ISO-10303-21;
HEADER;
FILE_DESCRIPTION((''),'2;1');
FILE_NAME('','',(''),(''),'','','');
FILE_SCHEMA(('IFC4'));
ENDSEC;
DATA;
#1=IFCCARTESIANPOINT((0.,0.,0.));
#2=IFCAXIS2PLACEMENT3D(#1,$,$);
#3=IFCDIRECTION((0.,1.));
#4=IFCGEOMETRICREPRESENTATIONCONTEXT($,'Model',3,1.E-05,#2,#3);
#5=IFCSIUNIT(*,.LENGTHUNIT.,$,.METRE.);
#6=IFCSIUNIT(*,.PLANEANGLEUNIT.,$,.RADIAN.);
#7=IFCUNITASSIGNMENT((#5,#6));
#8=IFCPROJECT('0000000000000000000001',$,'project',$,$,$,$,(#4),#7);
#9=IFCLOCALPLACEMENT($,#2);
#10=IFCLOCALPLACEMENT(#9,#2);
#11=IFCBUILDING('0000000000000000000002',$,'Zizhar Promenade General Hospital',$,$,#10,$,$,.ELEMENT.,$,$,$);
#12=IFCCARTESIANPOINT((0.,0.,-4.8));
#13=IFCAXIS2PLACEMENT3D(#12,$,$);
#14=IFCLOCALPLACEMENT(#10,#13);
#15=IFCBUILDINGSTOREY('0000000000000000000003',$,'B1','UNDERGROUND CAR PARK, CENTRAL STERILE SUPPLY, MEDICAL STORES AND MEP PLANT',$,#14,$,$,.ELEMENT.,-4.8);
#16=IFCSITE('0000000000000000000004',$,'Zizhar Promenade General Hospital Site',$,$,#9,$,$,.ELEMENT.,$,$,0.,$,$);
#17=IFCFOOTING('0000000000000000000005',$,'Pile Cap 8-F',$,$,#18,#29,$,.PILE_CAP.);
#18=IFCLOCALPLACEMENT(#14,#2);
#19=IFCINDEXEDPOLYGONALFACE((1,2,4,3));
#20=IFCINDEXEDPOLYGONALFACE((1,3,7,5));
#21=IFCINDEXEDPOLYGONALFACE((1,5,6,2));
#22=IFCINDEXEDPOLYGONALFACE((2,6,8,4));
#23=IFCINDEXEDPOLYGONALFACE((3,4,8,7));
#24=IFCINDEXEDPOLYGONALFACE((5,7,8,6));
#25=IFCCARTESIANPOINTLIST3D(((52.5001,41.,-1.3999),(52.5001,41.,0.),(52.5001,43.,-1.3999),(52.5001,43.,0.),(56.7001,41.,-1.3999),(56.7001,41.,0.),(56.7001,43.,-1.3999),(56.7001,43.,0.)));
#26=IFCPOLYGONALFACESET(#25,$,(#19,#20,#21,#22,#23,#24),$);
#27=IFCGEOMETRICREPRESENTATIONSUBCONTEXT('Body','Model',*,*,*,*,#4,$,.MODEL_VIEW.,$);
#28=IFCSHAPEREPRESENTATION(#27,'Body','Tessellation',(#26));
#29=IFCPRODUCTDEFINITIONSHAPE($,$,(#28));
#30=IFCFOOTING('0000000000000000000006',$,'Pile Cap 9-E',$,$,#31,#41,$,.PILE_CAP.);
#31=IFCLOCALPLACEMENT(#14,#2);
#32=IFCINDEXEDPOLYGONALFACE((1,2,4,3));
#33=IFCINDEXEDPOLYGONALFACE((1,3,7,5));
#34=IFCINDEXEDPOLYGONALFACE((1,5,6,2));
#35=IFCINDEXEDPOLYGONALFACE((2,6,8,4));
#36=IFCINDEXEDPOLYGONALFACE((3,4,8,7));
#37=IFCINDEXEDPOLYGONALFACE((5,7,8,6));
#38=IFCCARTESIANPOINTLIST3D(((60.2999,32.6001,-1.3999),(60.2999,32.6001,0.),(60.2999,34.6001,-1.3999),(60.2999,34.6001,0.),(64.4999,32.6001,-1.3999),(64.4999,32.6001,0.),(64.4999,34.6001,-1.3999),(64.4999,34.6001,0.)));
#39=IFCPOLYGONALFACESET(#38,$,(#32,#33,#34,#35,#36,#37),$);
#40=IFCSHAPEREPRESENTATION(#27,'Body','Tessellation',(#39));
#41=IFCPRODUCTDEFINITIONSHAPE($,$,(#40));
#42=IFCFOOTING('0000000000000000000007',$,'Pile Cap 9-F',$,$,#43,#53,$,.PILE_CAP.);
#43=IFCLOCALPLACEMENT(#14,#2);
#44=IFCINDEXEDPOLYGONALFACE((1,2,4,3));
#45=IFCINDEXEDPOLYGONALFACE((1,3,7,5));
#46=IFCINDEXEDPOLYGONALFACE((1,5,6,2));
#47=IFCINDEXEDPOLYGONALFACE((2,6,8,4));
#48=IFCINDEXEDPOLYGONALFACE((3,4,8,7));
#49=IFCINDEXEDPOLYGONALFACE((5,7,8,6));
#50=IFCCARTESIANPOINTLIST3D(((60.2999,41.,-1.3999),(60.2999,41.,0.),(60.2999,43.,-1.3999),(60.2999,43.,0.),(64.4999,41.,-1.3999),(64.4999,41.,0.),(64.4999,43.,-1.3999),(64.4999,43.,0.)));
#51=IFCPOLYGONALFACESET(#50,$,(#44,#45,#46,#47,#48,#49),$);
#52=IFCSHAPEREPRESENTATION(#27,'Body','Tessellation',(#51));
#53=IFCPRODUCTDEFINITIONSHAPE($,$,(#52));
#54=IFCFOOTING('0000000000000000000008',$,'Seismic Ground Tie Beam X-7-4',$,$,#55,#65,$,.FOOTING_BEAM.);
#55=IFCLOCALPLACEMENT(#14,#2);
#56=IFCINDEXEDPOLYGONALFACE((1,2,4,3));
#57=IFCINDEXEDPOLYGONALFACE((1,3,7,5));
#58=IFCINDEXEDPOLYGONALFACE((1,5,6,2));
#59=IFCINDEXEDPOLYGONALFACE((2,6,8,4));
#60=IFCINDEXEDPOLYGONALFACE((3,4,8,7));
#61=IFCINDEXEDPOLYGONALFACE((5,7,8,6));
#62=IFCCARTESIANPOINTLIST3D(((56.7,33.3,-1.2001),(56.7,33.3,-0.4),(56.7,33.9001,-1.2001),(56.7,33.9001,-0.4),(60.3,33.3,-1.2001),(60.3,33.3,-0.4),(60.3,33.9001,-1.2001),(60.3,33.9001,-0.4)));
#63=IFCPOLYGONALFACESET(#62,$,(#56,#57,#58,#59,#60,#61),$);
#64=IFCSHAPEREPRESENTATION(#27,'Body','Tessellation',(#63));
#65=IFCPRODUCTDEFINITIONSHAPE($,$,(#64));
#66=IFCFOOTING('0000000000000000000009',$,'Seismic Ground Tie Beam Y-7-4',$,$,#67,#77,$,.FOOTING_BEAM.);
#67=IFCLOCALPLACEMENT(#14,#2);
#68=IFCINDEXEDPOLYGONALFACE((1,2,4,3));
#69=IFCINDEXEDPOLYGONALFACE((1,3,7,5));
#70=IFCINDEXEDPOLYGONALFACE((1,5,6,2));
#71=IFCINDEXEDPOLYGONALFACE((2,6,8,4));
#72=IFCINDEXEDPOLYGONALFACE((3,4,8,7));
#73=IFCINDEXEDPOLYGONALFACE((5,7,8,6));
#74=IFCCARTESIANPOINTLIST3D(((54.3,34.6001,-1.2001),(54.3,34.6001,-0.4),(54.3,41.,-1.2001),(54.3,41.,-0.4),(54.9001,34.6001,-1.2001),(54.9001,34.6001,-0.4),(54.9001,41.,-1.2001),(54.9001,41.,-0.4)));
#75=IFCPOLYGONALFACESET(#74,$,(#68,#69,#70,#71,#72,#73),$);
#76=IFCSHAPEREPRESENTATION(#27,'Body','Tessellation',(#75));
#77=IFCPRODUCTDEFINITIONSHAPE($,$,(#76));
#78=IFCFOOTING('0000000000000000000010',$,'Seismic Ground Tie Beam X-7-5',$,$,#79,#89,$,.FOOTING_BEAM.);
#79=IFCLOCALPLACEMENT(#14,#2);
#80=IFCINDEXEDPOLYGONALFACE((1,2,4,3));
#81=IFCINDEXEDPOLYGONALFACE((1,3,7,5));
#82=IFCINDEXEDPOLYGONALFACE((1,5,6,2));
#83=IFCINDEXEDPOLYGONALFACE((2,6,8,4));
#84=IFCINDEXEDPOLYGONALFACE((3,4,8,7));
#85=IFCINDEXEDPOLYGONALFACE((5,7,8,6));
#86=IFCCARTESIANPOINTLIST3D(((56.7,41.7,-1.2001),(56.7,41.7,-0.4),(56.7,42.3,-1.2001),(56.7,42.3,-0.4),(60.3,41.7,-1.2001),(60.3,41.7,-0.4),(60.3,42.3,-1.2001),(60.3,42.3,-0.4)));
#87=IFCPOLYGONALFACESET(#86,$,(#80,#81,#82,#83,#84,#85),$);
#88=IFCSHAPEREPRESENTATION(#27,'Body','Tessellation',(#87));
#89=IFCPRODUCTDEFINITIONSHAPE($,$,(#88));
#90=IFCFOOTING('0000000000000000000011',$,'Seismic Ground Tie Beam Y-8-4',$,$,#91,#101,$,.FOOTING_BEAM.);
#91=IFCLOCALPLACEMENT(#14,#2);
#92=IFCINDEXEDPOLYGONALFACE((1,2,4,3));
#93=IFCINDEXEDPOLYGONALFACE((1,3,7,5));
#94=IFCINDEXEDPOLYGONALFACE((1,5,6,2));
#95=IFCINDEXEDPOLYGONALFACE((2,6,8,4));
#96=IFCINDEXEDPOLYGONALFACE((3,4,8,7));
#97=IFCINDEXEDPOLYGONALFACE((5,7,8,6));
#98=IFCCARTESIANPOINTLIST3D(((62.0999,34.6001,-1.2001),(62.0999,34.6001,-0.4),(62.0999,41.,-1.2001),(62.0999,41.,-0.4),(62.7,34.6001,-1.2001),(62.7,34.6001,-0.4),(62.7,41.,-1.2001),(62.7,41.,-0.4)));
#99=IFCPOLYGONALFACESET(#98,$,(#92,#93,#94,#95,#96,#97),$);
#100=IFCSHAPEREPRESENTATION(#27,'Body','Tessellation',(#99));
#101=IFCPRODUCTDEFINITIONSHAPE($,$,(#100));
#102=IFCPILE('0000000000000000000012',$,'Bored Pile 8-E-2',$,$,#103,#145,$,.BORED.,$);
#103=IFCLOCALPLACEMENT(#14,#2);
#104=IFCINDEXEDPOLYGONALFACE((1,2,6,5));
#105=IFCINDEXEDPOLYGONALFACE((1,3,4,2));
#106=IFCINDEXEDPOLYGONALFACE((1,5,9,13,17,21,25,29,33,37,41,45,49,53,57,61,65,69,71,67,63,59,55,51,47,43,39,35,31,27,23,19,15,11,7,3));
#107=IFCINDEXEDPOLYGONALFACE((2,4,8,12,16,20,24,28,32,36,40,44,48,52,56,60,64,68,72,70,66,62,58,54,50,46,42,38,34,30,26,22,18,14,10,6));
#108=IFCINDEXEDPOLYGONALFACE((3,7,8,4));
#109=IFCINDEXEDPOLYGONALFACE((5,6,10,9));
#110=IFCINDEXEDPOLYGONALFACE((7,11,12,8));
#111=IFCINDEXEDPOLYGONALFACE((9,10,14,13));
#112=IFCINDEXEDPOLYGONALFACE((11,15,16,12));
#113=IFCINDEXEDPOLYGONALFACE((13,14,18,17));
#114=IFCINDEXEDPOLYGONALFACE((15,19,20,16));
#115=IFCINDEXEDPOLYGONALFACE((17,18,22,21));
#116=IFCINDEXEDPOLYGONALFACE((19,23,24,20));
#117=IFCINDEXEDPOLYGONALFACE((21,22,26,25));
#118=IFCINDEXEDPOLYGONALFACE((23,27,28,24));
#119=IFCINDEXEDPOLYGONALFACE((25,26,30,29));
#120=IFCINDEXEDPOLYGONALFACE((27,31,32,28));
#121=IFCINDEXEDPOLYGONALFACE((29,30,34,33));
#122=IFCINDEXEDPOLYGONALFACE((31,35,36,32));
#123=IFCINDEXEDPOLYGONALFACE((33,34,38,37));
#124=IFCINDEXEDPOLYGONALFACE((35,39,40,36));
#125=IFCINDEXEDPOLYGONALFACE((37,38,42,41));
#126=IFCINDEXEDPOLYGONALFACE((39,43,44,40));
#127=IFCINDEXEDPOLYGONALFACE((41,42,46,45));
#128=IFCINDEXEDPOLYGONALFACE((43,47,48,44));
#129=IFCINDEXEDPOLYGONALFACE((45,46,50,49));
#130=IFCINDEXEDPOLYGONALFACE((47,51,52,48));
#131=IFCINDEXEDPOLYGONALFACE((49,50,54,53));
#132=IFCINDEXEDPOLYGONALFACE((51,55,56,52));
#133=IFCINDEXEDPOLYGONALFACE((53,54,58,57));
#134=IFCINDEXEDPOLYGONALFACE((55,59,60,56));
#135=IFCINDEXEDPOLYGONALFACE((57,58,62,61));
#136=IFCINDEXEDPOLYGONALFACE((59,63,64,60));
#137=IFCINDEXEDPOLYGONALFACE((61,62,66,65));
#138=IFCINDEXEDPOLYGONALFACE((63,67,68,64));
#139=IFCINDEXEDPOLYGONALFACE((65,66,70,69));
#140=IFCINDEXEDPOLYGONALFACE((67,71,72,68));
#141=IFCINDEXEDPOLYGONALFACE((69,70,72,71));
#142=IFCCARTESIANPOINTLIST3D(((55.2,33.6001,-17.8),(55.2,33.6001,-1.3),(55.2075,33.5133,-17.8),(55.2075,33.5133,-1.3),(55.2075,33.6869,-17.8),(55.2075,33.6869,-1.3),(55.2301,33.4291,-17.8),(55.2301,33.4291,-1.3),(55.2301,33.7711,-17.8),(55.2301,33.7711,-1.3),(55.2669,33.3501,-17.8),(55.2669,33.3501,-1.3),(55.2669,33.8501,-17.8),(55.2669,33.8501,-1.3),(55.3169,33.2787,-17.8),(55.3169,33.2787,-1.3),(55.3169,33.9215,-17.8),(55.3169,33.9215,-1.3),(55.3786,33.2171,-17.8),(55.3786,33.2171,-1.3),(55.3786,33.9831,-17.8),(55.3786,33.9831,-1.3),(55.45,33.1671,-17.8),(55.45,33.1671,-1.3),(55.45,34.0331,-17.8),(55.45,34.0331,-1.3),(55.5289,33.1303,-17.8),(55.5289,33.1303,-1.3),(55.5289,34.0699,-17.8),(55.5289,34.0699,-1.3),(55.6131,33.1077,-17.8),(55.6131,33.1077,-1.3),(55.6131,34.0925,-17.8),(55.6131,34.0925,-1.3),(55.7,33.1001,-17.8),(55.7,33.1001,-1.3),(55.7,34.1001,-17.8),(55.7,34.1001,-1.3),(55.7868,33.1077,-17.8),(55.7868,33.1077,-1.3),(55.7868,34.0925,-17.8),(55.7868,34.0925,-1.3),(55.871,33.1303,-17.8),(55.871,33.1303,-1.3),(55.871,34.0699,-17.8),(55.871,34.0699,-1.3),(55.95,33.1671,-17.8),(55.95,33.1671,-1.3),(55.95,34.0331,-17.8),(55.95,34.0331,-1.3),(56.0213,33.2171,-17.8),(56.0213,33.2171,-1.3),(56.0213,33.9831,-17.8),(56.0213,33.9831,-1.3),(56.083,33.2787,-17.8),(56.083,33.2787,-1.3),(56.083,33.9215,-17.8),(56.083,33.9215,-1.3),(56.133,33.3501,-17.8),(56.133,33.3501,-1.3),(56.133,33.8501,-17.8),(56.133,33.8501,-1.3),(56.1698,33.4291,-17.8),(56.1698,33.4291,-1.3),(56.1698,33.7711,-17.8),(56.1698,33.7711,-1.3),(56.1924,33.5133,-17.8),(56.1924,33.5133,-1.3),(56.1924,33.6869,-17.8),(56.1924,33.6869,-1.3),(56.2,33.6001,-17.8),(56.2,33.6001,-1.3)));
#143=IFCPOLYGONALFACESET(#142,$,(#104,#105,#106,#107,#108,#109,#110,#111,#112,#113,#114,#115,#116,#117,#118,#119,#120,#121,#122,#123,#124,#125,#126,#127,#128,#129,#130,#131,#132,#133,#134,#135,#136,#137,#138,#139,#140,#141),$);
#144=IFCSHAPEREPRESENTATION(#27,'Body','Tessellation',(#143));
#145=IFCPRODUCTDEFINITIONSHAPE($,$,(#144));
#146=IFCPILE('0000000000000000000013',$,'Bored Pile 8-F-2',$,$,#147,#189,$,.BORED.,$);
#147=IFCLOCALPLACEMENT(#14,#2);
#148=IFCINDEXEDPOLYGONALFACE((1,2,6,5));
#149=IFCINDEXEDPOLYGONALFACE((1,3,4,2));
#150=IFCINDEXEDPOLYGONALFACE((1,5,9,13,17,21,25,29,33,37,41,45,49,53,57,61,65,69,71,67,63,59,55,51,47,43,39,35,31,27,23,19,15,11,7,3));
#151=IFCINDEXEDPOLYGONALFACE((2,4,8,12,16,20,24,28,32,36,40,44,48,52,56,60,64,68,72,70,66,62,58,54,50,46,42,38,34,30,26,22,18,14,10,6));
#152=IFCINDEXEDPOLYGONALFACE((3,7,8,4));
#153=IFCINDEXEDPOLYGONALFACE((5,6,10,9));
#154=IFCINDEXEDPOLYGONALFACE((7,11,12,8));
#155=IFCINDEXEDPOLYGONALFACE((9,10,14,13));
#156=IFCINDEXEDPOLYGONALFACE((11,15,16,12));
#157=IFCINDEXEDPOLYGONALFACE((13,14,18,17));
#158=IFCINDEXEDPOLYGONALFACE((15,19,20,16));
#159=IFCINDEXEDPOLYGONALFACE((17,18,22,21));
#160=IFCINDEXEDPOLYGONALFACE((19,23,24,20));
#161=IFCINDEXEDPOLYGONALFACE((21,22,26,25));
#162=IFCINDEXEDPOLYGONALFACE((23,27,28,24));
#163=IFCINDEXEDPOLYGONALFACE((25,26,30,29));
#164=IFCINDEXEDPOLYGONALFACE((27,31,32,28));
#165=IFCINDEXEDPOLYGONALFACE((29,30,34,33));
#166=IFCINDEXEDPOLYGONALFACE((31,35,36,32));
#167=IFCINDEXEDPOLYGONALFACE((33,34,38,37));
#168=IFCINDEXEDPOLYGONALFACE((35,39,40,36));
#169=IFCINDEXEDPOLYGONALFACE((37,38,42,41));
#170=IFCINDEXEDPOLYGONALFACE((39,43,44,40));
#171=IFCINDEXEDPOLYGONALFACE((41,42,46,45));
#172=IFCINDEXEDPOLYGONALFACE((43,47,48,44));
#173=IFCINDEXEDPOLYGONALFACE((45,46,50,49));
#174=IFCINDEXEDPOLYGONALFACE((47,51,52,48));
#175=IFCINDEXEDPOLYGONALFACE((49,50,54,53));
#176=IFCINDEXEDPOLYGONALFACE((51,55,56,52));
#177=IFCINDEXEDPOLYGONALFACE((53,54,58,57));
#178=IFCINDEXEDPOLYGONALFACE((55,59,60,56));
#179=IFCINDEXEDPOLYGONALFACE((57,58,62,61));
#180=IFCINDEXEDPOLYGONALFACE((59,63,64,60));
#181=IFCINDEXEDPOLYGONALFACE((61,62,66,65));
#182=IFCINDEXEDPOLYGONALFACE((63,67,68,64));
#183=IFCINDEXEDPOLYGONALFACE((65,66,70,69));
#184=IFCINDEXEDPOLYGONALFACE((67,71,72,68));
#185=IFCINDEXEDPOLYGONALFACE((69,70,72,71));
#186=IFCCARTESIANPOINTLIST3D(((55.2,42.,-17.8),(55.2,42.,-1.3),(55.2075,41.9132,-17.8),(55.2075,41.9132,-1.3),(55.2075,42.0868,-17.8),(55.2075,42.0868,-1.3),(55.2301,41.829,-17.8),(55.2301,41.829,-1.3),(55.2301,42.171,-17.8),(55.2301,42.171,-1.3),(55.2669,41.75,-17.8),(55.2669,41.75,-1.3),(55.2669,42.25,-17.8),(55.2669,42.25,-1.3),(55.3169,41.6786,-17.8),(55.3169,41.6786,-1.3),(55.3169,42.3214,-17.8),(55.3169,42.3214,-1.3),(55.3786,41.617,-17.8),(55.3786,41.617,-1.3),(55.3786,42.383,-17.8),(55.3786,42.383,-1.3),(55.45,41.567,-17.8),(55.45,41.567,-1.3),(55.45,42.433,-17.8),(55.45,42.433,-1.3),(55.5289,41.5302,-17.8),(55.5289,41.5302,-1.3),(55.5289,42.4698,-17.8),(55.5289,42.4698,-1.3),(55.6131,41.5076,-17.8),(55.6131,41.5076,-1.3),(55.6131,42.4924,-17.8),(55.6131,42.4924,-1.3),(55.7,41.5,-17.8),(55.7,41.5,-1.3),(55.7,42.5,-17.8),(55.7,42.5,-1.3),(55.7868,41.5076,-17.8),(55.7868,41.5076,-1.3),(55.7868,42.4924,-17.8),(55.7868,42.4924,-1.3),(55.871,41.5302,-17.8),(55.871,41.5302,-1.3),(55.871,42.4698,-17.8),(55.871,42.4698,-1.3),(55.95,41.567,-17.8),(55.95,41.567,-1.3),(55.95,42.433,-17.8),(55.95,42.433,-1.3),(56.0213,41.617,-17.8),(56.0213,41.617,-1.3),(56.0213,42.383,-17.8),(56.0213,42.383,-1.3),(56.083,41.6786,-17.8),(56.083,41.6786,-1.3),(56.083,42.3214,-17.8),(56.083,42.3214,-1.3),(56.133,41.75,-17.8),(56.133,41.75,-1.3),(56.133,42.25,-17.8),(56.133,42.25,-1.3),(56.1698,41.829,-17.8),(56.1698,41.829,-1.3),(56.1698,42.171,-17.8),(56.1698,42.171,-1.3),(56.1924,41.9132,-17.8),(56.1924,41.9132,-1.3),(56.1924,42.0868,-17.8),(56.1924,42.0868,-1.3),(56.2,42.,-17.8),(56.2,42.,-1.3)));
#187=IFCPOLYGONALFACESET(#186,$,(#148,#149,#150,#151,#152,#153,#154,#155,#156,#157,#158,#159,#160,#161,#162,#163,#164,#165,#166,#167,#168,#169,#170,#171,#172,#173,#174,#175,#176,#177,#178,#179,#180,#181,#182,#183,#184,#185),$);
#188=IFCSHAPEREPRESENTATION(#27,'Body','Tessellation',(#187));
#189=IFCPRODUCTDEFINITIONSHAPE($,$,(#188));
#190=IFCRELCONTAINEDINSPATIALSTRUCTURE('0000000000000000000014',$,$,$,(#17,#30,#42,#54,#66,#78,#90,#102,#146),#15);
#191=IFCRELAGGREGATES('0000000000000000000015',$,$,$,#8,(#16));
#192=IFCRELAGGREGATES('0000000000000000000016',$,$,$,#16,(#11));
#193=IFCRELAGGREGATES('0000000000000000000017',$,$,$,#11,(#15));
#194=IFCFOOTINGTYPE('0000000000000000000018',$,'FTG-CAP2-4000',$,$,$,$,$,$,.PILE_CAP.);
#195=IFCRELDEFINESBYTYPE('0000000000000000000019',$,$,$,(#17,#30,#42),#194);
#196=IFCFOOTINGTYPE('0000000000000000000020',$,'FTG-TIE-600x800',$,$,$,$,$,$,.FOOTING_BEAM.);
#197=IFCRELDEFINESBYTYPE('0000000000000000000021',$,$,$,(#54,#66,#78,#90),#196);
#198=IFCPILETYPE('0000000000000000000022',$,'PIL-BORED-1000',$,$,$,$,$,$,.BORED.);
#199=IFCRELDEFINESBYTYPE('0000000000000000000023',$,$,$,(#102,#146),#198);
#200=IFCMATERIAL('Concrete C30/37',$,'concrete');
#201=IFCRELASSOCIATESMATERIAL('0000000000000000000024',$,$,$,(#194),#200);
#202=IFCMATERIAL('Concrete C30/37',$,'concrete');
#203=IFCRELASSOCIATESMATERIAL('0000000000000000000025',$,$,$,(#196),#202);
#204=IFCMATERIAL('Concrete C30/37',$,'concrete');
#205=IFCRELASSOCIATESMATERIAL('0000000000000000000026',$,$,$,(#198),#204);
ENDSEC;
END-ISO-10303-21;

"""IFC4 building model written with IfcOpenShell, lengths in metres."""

from ifc_helpers import new_model, si_unit, direction, frame, origin, origin_2d, place, context, subcontext, project, spatial, rectangle, circle, extrude, material, material_profile, profile_set, type_object, element, save


model = new_model("IFC4")

# Units and contexts
model_context = context("Model", 3, precision=1e-05, world=origin(), true_north=direction((0.0, 1.0)))
body_context = subcontext(model_context, "Body", "Model", "MODEL_VIEW")
ifc_project = project(units=[si_unit("LENGTHUNIT", "METRE"), si_unit("PLANEANGLEUNIT", "RADIAN")], contexts=[model_context])

# Site, building, storey
site_placement = place(None, origin())
site = spatial("IfcSite", under=ifc_project, at=site_placement, Name="Zizhar Promenade General Hospital Site", CompositionType="ELEMENT", RefElevation=0.0)
building_placement = place(site_placement, origin())
building = spatial("IfcBuilding", under=site, at=building_placement, Name="Zizhar Promenade General Hospital", CompositionType="ELEMENT")
storey_placement = place(building_placement, frame((0.0, 0.0, -4.8)))
storey = spatial("IfcBuildingStorey", under=building, at=storey_placement, Name="B1", Description="UNDERGROUND CAR PARK, CENTRAL STERILE SUPPLY, MEDICAL STORES AND MEP PLANT", CompositionType="ELEMENT", Elevation=-4.8)

# Footings
ifc_material_1 = material(Name="Concrete C30/37", Category="concrete")
footing_type_1 = type_object("IfcFootingType", Name="FTG-CAP2-4000", PredefinedType="PILE_CAP", material=ifc_material_1)
for number, where, z_axis, x_axis, name in (
    (1, (54.6001, 42.0, -1.3999), (0.0, 0.0, 1.0), (1.0, 0.0, 0.0), "Pile Cap 8-F"),
    (2, (62.3999, 33.6001, -1.3999), (0.0, 0.0, 1.0), (1.0, 0.0, 0.0), "Pile Cap 9-E"),
    (3, (62.3999, 42.0, -1.3999), (0.0, 0.0, 1.0), (1.0, 0.0, 0.0), "Pile Cap 9-F"),
):
    element("IfcFooting", number, at=place(storey_placement, frame(where, z_axis=z_axis, x_axis=x_axis)), inside=storey, type_object=footing_type_1, Name=name, PredefinedType="PILE_CAP", context=body_context, shape_type="SweptSolid", body=[
        extrude(rectangle(XDim=4.2, YDim=2.0, at=origin_2d()), origin(), (0.0, 0.0, 1.0), 1.3999),
    ])
ifc_material_2 = material(Name="Concrete C30/37", Category="concrete")
ifc_material_profile_1 = material_profile(ifc_material_2, rectangle(XDim=0.6001, YDim=0.8, at=origin_2d()))
ifc_profile_set_1 = profile_set([ifc_material_profile_1], Name="Concrete C30/37")
footing_type_2 = type_object("IfcFootingType", Name="FTG-TIE-600x800", PredefinedType="FOOTING_BEAM", material=ifc_profile_set_1)
footing_1_placement = place(storey_placement, frame((56.7, 33.6001, -0.8), z_axis=(1.0, 0.0, 0.0), x_axis=(0.0, 1.0, 0.0)))
element("IfcFooting", 4, at=footing_1_placement, inside=storey, type_object=footing_type_2, Name="Seismic Ground Tie Beam X-7-4", PredefinedType="FOOTING_BEAM", context=body_context, shape_type="SweptSolid", body=[
    extrude(rectangle(XDim=0.6001, YDim=0.8, at=origin_2d()), origin(), (0.0, 0.0, 1.0), 3.6001),
])
footing_2_placement = place(storey_placement, frame((54.6001, 34.6001, -0.8), z_axis=(0.0, 1.0, 0.0), x_axis=(-1.0, 0.0, 0.0)))
element("IfcFooting", 5, at=footing_2_placement, inside=storey, type_object=footing_type_2, Name="Seismic Ground Tie Beam Y-7-4", PredefinedType="FOOTING_BEAM", context=body_context, shape_type="SweptSolid", body=[
    extrude(rectangle(XDim=0.6001, YDim=0.8, at=origin_2d()), origin(), (0.0, 0.0, 1.0), 6.3999),
])
footing_3_placement = place(storey_placement, frame((56.7, 42.0, -0.8), z_axis=(1.0, 0.0, 0.0), x_axis=(0.0, 1.0, 0.0)))
element("IfcFooting", 6, at=footing_3_placement, inside=storey, type_object=footing_type_2, Name="Seismic Ground Tie Beam X-7-5", PredefinedType="FOOTING_BEAM", context=body_context, shape_type="SweptSolid", body=[
    extrude(rectangle(XDim=0.6001, YDim=0.8, at=origin_2d()), origin(), (0.0, 0.0, 1.0), 3.6001),
])
footing_4_placement = place(storey_placement, frame((62.3999, 34.6001, -0.8), z_axis=(0.0, 1.0, 0.0), x_axis=(-1.0, 0.0, 0.0)))
element("IfcFooting", 7, at=footing_4_placement, inside=storey, type_object=footing_type_2, Name="Seismic Ground Tie Beam Y-8-4", PredefinedType="FOOTING_BEAM", context=body_context, shape_type="SweptSolid", body=[
    extrude(rectangle(XDim=0.6001, YDim=0.8, at=origin_2d()), origin(), (0.0, 0.0, 1.0), 6.3999),
])

# Piles
ifc_material_3 = material(Name="Concrete C30/37", Category="concrete")
ifc_material_profile_2 = material_profile(ifc_material_3, circle(Radius=0.5, at=origin_2d()))
ifc_profile_set_2 = profile_set([ifc_material_profile_2], Name="Concrete C30/37")
pile_type = type_object("IfcPileType", Name="PIL-BORED-1000", PredefinedType="BORED", material=ifc_profile_set_2)
for number, where, z_axis, x_axis, name in (
    (8, (55.7, 33.6001, -1.3), (0.0, 0.0, -1.0), (1.0, 0.0, 0.0), "Bored Pile 8-E-2"),
    (9, (55.7, 42.0, -1.3), (0.0, 0.0, -1.0), (1.0, 0.0, 0.0), "Bored Pile 8-F-2"),
):
    element("IfcPile", number, at=place(storey_placement, frame(where, z_axis=z_axis, x_axis=x_axis)), inside=storey, type_object=pile_type, Name=name, PredefinedType="BORED", context=body_context, shape_type="SweptSolid", body=[
        extrude(circle(Radius=0.5, at=origin_2d()), origin(), (0.0, 0.0, 1.0), 16.5),
    ])

save(model, "model.ifc")
